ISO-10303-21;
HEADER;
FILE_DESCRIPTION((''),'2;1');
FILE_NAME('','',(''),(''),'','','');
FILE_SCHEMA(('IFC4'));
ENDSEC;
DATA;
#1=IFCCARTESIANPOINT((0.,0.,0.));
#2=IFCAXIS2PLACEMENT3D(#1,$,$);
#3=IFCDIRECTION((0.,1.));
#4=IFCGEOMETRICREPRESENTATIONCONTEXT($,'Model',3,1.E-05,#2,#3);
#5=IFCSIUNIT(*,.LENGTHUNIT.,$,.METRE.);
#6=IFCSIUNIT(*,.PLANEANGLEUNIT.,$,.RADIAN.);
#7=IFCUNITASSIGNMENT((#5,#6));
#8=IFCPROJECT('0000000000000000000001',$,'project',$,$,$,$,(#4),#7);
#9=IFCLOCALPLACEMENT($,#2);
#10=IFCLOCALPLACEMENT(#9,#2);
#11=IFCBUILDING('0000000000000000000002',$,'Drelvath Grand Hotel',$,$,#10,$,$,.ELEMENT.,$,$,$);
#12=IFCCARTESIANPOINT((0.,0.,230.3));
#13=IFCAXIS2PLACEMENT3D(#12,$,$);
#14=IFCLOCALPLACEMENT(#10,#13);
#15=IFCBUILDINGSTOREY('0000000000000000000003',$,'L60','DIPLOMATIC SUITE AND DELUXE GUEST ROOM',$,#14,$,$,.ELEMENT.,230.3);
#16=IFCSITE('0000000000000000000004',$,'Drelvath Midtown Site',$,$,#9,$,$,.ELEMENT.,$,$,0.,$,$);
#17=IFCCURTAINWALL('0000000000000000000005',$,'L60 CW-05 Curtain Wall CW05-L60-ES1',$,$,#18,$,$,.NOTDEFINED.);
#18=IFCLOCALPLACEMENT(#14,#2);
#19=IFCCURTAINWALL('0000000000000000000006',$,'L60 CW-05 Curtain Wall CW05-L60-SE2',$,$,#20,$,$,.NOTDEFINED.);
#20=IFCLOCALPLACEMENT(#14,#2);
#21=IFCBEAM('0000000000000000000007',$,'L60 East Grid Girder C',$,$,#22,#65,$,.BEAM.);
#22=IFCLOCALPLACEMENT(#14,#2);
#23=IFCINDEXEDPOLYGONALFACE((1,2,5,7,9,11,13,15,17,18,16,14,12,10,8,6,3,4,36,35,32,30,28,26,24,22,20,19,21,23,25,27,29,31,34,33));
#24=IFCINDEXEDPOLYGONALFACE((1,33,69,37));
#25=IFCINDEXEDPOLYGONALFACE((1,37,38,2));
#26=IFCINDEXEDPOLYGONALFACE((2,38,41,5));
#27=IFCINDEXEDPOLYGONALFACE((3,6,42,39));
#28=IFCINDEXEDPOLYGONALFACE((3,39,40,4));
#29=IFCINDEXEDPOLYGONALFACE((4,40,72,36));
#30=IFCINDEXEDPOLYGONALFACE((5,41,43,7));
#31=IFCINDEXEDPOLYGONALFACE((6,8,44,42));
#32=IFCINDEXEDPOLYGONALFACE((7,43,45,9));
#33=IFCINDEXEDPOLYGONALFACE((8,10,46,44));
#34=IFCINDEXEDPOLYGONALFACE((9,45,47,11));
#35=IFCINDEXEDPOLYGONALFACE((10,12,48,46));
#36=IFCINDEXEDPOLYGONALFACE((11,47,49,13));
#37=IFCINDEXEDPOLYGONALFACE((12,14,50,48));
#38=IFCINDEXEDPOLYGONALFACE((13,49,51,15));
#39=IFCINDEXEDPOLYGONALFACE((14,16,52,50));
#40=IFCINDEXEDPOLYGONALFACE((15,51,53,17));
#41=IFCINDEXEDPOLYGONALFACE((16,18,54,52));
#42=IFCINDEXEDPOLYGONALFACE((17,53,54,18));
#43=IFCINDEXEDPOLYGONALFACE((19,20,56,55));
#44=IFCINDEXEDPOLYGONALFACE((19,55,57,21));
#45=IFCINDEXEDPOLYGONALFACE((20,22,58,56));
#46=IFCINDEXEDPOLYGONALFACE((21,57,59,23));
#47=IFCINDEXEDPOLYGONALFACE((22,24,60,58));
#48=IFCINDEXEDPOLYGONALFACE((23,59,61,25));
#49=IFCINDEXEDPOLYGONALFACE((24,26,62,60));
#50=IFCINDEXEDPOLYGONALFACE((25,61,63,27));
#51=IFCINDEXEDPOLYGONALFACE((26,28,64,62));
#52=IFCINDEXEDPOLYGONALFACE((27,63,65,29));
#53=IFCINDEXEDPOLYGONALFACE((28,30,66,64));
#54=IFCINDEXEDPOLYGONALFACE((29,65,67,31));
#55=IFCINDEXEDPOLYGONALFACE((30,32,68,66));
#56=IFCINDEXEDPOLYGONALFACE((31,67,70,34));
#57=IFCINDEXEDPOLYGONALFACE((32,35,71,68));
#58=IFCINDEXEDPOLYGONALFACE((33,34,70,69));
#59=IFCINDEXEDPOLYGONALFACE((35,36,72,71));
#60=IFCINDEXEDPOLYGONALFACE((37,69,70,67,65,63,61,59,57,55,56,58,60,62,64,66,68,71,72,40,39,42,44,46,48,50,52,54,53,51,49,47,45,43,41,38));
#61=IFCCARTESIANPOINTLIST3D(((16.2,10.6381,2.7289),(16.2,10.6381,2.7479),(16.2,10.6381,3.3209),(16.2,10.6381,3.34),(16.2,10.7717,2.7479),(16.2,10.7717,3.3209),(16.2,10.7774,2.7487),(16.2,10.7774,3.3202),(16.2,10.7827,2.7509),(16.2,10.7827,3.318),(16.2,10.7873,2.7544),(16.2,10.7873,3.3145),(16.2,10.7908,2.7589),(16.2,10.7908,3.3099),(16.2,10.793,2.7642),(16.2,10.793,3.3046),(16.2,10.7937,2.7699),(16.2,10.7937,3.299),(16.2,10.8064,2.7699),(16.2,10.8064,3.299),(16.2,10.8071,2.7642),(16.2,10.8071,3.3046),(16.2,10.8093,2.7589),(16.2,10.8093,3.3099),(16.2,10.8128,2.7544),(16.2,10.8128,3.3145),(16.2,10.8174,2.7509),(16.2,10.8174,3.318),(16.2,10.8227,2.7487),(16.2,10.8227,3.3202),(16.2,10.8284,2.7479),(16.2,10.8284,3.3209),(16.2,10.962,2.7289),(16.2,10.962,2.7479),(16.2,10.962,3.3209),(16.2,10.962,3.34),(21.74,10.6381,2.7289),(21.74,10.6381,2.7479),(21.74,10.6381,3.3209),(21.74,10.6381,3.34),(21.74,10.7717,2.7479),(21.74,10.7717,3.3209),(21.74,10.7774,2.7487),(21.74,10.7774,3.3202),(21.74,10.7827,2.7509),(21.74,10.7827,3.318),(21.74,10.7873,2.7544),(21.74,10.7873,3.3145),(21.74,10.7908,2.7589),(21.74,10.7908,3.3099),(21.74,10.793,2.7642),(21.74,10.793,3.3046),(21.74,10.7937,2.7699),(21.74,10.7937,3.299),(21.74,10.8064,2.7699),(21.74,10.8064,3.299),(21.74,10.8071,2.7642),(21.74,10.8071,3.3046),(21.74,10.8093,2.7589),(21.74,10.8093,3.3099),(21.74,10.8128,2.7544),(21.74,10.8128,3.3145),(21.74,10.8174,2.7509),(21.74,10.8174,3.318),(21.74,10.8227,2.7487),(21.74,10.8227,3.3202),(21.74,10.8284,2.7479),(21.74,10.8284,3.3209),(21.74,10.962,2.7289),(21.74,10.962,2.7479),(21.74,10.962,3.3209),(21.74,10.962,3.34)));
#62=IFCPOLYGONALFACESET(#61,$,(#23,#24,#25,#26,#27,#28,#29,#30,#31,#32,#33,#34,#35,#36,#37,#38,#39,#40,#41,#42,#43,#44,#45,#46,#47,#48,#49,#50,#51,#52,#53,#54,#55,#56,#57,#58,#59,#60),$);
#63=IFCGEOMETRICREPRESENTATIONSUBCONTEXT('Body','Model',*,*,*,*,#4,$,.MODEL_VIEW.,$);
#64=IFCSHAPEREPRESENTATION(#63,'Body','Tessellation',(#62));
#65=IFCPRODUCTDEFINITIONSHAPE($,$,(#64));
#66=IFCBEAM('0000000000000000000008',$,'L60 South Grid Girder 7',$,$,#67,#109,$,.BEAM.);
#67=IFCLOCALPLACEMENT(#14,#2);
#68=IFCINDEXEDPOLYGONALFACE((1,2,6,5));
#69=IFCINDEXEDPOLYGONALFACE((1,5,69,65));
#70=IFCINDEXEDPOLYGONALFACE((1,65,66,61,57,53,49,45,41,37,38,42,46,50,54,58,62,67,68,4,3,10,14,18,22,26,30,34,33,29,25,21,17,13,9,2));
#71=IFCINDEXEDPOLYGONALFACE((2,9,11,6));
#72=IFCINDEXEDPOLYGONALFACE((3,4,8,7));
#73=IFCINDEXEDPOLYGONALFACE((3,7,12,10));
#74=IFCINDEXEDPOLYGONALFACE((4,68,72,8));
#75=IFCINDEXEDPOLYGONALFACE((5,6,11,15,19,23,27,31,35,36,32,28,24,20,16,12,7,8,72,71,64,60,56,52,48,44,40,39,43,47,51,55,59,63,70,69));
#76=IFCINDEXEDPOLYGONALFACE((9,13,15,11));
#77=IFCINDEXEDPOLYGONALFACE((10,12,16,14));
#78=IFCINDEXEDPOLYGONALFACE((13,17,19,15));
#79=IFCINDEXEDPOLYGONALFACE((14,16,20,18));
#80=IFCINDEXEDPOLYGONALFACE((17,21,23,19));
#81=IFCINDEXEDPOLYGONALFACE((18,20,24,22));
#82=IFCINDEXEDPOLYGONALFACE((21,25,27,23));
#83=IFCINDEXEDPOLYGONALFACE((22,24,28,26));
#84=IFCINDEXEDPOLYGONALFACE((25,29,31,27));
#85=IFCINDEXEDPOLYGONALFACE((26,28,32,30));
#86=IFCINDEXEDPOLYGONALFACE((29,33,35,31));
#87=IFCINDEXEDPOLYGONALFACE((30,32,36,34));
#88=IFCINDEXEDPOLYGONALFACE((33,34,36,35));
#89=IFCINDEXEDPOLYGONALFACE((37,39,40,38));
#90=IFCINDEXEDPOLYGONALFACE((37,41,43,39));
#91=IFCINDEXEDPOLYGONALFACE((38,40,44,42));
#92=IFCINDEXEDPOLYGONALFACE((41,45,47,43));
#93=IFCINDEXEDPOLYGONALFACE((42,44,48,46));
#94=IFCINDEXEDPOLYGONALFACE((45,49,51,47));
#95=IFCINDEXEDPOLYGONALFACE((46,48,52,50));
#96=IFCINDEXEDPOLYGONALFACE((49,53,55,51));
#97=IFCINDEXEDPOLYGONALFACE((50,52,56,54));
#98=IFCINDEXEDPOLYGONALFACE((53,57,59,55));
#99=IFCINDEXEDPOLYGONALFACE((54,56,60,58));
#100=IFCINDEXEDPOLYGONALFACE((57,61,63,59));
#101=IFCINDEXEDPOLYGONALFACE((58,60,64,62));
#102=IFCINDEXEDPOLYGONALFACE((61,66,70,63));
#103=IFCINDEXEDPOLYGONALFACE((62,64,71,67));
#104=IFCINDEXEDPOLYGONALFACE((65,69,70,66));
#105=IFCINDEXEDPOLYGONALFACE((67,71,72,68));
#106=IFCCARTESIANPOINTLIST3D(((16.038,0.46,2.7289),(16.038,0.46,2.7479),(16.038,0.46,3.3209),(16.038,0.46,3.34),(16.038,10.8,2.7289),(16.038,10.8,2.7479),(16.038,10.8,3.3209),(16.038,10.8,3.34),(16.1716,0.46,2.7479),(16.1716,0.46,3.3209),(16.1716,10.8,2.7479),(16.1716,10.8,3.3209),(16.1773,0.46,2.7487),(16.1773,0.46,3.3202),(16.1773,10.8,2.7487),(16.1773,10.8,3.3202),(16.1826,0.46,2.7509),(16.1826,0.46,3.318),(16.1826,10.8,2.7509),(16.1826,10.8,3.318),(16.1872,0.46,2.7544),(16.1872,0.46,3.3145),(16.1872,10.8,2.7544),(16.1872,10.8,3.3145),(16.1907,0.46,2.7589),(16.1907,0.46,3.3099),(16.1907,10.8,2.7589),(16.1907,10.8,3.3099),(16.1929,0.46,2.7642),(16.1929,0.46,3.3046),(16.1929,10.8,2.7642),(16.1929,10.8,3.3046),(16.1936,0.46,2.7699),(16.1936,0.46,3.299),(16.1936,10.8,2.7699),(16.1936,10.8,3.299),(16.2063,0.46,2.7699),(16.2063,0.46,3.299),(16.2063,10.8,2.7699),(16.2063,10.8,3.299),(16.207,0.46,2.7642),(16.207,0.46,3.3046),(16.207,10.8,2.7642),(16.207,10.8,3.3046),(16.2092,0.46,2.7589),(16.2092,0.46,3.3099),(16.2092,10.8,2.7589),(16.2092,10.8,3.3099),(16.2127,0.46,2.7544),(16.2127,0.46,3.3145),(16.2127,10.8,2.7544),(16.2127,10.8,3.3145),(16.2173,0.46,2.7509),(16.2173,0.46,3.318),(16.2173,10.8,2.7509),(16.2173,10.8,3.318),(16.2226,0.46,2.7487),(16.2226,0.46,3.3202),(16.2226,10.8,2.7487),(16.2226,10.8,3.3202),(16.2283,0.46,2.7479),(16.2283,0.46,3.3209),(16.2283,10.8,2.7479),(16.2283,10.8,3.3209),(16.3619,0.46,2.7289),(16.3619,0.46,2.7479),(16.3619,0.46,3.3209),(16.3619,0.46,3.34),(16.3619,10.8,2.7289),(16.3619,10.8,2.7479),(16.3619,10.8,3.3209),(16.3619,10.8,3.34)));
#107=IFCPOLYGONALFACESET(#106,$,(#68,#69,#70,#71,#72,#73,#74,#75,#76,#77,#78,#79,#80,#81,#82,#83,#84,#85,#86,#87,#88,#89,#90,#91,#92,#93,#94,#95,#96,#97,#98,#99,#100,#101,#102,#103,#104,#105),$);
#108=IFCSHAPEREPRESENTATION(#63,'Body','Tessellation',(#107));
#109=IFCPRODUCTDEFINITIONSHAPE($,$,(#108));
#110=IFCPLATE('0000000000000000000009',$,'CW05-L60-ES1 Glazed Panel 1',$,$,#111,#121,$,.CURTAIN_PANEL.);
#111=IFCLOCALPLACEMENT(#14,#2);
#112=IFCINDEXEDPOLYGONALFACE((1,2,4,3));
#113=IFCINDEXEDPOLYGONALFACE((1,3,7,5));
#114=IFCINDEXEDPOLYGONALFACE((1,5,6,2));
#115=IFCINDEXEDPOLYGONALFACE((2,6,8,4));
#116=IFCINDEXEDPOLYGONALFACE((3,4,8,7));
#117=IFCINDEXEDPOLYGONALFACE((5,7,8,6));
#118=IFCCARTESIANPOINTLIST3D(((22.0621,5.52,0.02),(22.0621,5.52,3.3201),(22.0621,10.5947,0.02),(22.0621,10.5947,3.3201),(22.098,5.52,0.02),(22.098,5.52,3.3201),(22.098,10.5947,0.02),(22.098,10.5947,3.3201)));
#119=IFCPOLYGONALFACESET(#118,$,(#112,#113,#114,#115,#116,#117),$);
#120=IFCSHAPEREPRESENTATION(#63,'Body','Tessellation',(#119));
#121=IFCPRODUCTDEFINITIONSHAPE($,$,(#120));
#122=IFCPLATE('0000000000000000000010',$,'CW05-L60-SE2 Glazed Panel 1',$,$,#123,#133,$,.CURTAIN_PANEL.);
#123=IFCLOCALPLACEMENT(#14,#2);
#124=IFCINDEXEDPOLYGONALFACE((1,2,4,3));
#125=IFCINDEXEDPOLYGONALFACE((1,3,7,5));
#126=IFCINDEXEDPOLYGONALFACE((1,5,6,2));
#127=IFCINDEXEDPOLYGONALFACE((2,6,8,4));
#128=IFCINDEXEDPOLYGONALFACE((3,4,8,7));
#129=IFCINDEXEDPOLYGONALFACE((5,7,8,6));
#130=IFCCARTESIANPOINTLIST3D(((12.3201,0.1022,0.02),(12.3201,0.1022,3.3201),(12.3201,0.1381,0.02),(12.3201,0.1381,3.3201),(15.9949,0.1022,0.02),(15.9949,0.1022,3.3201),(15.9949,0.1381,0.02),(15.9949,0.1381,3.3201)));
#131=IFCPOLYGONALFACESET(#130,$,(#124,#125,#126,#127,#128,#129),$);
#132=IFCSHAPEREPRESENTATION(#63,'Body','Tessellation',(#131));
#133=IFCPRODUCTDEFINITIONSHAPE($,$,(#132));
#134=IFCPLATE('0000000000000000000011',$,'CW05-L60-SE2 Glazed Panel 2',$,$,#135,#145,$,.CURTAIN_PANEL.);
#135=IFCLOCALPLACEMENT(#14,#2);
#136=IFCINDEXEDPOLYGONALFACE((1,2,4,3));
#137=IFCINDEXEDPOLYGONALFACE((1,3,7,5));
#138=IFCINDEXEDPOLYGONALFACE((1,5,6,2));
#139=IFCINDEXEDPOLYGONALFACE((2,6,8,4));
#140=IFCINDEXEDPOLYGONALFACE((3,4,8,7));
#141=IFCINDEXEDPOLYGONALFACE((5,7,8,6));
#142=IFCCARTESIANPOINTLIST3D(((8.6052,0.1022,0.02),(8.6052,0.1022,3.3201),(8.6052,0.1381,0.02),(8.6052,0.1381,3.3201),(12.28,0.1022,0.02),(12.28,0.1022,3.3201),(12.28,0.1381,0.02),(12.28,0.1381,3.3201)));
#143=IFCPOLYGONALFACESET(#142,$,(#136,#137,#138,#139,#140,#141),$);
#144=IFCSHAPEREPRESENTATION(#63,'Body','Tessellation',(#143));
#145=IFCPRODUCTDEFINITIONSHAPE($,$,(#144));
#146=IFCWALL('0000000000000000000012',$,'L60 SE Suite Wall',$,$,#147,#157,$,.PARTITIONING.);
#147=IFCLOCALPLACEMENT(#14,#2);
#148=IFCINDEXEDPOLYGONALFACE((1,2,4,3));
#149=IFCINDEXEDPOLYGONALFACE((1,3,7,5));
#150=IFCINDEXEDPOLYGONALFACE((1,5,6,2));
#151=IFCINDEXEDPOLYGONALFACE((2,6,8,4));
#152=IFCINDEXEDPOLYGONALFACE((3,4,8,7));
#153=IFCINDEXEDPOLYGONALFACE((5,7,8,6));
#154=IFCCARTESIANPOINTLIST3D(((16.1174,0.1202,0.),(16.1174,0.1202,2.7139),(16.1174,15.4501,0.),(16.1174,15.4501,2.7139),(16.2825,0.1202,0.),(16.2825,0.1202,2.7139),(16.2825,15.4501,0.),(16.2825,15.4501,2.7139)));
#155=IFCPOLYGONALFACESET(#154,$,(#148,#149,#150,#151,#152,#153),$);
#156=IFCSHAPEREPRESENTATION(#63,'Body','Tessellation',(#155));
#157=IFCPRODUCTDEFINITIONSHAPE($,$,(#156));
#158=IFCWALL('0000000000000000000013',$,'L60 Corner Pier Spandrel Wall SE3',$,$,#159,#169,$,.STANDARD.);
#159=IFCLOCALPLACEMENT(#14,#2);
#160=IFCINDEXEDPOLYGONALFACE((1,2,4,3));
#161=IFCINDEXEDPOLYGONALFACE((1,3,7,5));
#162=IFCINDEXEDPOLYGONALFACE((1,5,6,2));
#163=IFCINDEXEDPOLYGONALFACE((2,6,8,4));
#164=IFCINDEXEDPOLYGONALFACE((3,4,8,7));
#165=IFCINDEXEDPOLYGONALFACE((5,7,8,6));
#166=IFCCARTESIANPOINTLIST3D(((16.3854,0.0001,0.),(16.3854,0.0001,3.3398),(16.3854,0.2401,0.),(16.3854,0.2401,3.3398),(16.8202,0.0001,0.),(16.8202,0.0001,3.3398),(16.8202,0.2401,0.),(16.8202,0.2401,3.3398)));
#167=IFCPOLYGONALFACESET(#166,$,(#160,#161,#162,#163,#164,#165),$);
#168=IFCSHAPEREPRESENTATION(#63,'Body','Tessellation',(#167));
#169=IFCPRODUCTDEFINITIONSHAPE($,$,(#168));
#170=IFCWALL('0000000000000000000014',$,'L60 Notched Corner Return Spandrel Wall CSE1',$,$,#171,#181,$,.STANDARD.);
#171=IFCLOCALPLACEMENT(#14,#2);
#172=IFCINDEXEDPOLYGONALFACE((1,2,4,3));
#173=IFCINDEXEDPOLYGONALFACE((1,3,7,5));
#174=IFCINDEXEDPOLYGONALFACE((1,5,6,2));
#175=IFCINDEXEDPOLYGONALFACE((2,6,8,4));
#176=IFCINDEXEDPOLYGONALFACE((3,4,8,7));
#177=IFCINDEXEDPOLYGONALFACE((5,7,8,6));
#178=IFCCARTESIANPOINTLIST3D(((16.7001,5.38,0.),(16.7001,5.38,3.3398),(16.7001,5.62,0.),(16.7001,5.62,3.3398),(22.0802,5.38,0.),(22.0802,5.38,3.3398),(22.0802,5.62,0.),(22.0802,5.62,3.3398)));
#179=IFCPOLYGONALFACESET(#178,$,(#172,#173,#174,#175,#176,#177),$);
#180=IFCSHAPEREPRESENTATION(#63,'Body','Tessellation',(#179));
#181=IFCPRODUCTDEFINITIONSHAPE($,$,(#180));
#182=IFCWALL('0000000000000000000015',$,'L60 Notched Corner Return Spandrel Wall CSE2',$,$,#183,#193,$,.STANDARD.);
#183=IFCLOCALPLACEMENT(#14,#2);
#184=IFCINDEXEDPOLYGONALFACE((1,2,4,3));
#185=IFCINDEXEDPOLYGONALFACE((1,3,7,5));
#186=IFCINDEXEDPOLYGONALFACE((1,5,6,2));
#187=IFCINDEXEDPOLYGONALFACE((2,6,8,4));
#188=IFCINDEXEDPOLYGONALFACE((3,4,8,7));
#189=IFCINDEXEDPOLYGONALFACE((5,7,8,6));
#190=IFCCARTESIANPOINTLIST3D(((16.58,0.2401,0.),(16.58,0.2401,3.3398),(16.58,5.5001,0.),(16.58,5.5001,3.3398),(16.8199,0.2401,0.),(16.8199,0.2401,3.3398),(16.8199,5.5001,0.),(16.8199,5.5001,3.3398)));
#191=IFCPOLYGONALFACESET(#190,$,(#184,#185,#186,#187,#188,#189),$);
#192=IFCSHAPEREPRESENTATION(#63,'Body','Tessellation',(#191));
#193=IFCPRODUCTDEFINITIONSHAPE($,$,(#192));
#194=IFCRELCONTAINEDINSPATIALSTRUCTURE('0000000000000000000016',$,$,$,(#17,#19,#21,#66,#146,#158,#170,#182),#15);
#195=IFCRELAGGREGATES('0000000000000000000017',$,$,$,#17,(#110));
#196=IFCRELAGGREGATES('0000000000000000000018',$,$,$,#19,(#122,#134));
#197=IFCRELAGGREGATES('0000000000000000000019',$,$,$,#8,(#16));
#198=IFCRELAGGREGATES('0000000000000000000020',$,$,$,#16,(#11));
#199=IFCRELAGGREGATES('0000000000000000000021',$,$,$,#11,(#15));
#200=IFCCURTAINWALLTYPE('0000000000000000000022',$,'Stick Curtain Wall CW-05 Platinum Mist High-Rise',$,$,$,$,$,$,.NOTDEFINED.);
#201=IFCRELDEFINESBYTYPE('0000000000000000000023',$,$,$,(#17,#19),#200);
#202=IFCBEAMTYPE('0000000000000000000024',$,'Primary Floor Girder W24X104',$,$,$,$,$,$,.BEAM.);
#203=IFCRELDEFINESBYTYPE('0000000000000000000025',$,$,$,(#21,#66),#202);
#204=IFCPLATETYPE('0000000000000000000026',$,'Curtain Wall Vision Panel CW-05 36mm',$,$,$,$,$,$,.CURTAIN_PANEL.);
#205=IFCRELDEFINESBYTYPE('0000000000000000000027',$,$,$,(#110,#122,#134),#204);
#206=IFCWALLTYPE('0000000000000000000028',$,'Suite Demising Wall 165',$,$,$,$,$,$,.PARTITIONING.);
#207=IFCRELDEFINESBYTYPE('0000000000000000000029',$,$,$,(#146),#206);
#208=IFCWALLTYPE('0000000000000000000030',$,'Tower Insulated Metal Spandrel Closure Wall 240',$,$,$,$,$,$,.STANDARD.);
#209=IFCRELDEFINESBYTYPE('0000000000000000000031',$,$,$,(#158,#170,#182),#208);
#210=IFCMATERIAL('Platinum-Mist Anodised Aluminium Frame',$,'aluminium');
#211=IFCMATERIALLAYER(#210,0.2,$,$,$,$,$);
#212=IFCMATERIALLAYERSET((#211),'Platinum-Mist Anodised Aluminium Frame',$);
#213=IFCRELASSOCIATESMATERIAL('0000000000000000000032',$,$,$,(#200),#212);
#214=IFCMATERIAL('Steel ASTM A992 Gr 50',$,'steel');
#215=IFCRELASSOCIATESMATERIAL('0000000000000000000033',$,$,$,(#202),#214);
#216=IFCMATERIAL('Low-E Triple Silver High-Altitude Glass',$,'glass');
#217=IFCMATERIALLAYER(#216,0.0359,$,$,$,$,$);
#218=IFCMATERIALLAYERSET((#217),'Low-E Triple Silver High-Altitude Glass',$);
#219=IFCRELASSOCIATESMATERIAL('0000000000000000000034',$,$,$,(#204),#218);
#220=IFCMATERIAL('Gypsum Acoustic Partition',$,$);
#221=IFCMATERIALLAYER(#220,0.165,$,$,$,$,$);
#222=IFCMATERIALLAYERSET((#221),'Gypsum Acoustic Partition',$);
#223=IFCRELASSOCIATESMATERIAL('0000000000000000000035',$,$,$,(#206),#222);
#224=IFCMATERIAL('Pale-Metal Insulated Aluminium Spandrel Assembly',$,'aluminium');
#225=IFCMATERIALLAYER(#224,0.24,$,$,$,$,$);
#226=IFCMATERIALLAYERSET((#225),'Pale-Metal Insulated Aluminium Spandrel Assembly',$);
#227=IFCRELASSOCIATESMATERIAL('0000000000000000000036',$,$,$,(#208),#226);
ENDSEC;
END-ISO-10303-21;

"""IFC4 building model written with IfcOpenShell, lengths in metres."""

from ifc_helpers import new_model, si_unit, direction, frame, frame_2d, origin, origin_2d, place, context, subcontext, project, spatial, rectangle, i_section, extrude, material, layer, layer_set, material_profile, profile_set, type_object, element, aggregate, save


model = new_model("IFC4")

# Units and contexts
model_context = context("Model", 3, precision=1e-05, world=origin(), true_north=direction((0.0, 1.0)))
body_context = subcontext(model_context, "Body", "Model", "MODEL_VIEW")
ifc_project = project(units=[si_unit("LENGTHUNIT", "METRE"), si_unit("PLANEANGLEUNIT", "RADIAN")], contexts=[model_context])

# Site, building, storey
site_placement = place(None, origin())
site = spatial("IfcSite", under=ifc_project, at=site_placement, Name="Drelvath Midtown Site", CompositionType="ELEMENT", RefElevation=0.0)
building_placement = place(site_placement, origin())
building = spatial("IfcBuilding", under=site, at=building_placement, Name="Drelvath Grand Hotel", CompositionType="ELEMENT")
storey_placement = place(building_placement, frame((0.0, 0.0, 230.3)))
storey = spatial("IfcBuildingStorey", under=building, at=storey_placement, Name="L60", Description="DIPLOMATIC SUITE AND DELUXE GUEST ROOM", CompositionType="ELEMENT", Elevation=230.3)

# Shared definitions
ifc_material_1 = material(Name="Steel ASTM A992 Gr 50", Category="steel")

# Curtain walls
ifc_material_2 = material(Name="Platinum-Mist Anodised Aluminium Frame", Category="aluminium")
ifc_layer_1 = layer(ifc_material_2, 0.2)
ifc_layer_set_1 = layer_set([ifc_layer_1], Name="Platinum-Mist Anodised Aluminium Frame")
curtain_wall_type = type_object("IfcCurtainWallType", Name="Stick Curtain Wall CW-05 Platinum Mist High-Rise", PredefinedType="NOTDEFINED", material=ifc_layer_set_1)
curtain_wall_1_placement = place(storey_placement, origin())
curtain_wall_1 = element("IfcCurtainWall", 1, at=curtain_wall_1_placement, inside=storey, type_object=curtain_wall_type, Name="L60 CW-05 Curtain Wall CW05-L60-ES1", PredefinedType="NOTDEFINED")
curtain_wall_2_placement = place(storey_placement, origin())
curtain_wall_2 = element("IfcCurtainWall", 2, at=curtain_wall_2_placement, inside=storey, type_object=curtain_wall_type, Name="L60 CW-05 Curtain Wall CW05-L60-SE2", PredefinedType="NOTDEFINED")

# Beams
ifc_material_profile_1 = material_profile(ifc_material_1, i_section(OverallWidth=0.324, OverallDepth=0.6111, WebThickness=0.0127, FlangeThickness=0.019, FilletRadius=0.022, at=origin_2d()), Name="W24X104")
ifc_profile_set_1 = profile_set([ifc_material_profile_1], Name="Steel ASTM A992 Gr 50")
beam_type_1 = type_object("IfcBeamType", Name="Primary Floor Girder W24X104", PredefinedType="BEAM", material=ifc_profile_set_1)
beam_1_placement = place(storey_placement, frame((16.2, 10.8, 3.0344), z_axis=(1.0, 0.0, 0.0), x_axis=(0.0, 1.0, 0.0)))
element("IfcBeam", 3, at=beam_1_placement, inside=storey, type_object=beam_type_1, Name="L60 East Grid Girder C", PredefinedType="BEAM", context=body_context, shape_type="SweptSolid", body=[
    extrude(i_section(OverallWidth=0.324, OverallDepth=0.6111, WebThickness=0.0127, FlangeThickness=0.019, FilletRadius=0.022, at=origin_2d()), origin(), (0.0, 0.0, 1.0), 5.54),
])
beam_2_placement = place(storey_placement, frame((16.2, 0.46, 3.0344), z_axis=(0.0, 1.0, 0.0), x_axis=(-1.0, 0.0, 0.0)))
element("IfcBeam", 4, at=beam_2_placement, inside=storey, type_object=beam_type_1, Name="L60 South Grid Girder 7", PredefinedType="BEAM", context=body_context, shape_type="SweptSolid", body=[
    extrude(i_section(OverallWidth=0.324, OverallDepth=0.6111, WebThickness=0.0127, FlangeThickness=0.019, FilletRadius=0.022, at=origin_2d()), origin(), (0.0, 0.0, 1.0), 10.3401),
])

# Plates
ifc_material_3 = material(Name="Low-E Triple Silver High-Altitude Glass", Category="glass")
ifc_layer_2 = layer(ifc_material_3, 0.0359)
ifc_layer_set_2 = layer_set([ifc_layer_2], Name="Low-E Triple Silver High-Altitude Glass")
plate_type = type_object("IfcPlateType", Name="Curtain Wall Vision Panel CW-05 36mm", PredefinedType="CURTAIN_PANEL", material=ifc_layer_set_2)
plate_1_placement = place(storey_placement, frame((22.0801, 8.0574, 0.02), z_axis=(0.0, 0.0, 1.0), x_axis=(0.0, -1.0, 0.0)))
plate_1 = element("IfcPlate", 5, at=plate_1_placement, type_object=plate_type, Name="CW05-L60-ES1 Glazed Panel 1", PredefinedType="CURTAIN_PANEL", context=body_context, shape_type="SweptSolid", body=[
    extrude(rectangle(XDim=5.0747, YDim=0.0359, at=origin_2d()), origin(), (0.0, 0.0, 1.0), 3.3),
])
aggregate(curtain_wall_1, [plate_1])
plate_2_placement = place(storey_placement, frame((14.1575, 0.1201, 0.02), z_axis=(0.0, 0.0, 1.0), x_axis=(-1.0, 0.0, 0.0)))
plate_2 = element("IfcPlate", 6, at=plate_2_placement, type_object=plate_type, Name="CW05-L60-SE2 Glazed Panel 1", PredefinedType="CURTAIN_PANEL", context=body_context, shape_type="SweptSolid", body=[
    extrude(rectangle(XDim=3.6748, YDim=0.0359, at=origin_2d()), origin(), (0.0, 0.0, 1.0), 3.3),
])
plate_3_placement = place(storey_placement, frame((10.4426, 0.1201, 0.02), z_axis=(0.0, 0.0, 1.0), x_axis=(-1.0, 0.0, 0.0)))
plate_3 = element("IfcPlate", 7, at=plate_3_placement, type_object=plate_type, Name="CW05-L60-SE2 Glazed Panel 2", PredefinedType="CURTAIN_PANEL", context=body_context, shape_type="SweptSolid", body=[
    extrude(rectangle(XDim=3.6748, YDim=0.0359, at=origin_2d()), origin(), (0.0, 0.0, 1.0), 3.3),
])
aggregate(curtain_wall_2, [plate_2, plate_3])

# Walls
ifc_material_4 = material(Name="Gypsum Acoustic Partition")
ifc_layer_3 = layer(ifc_material_4, 0.165)
ifc_layer_set_3 = layer_set([ifc_layer_3], Name="Gypsum Acoustic Partition")
wall_type_1 = type_object("IfcWallType", Name="Suite Demising Wall 165", PredefinedType="PARTITIONING", material=ifc_layer_set_3)
wall_1_placement = place(storey_placement, frame((16.2, 0.1201, 0.0), z_axis=(0.0, 0.0, 1.0), x_axis=(0.0, 1.0, 0.0)))
element("IfcWall", 8, at=wall_1_placement, inside=storey, type_object=wall_type_1, Name="L60 SE Suite Wall", PredefinedType="PARTITIONING", context=body_context, shape_type="SweptSolid", body=[
    extrude(rectangle(XDim=15.3298, YDim=0.165, at=frame_2d((7.665, 0.0))), origin(), (0.0, 0.0, 1.0), 2.7139),
])
ifc_material_5 = material(Name="Pale-Metal Insulated Aluminium Spandrel Assembly", Category="aluminium")
ifc_layer_4 = layer(ifc_material_5, 0.24)
ifc_layer_set_4 = layer_set([ifc_layer_4], Name="Pale-Metal Insulated Aluminium Spandrel Assembly")
wall_type_2 = type_object("IfcWallType", Name="Tower Insulated Metal Spandrel Closure Wall 240", PredefinedType="STANDARD", material=ifc_layer_set_4)
wall_2_placement = place(storey_placement, frame((16.8201, 0.1201, 0.0), z_axis=(0.0, 0.0, 1.0), x_axis=(-1.0, 0.0, 0.0)))
element("IfcWall", 9, at=wall_2_placement, inside=storey, type_object=wall_type_2, Name="L60 Corner Pier Spandrel Wall SE3", PredefinedType="STANDARD", context=body_context, shape_type="SweptSolid", body=[
    extrude(rectangle(XDim=0.4348, YDim=0.24, at=frame_2d((0.2173, 0.0))), origin(), (0.0, 0.0, 1.0), 3.3398),
])
wall_3_placement = place(storey_placement, frame((22.0801, 5.5, 0.0), z_axis=(0.0, 0.0, 1.0), x_axis=(-1.0, 0.0, 0.0)))
element("IfcWall", 10, at=wall_3_placement, inside=storey, type_object=wall_type_2, Name="L60 Notched Corner Return Spandrel Wall CSE1", PredefinedType="STANDARD", context=body_context, shape_type="SweptSolid", body=[
    extrude(rectangle(XDim=5.3801, YDim=0.24, at=frame_2d((2.6899, 0.0))), origin(), (0.0, 0.0, 1.0), 3.3398),
])
wall_4_placement = place(storey_placement, frame((16.7, 5.5, 0.0), z_axis=(0.0, 0.0, 1.0), x_axis=(0.0, -1.0, 0.0)))
element("IfcWall", 11, at=wall_4_placement, inside=storey, type_object=wall_type_2, Name="L60 Notched Corner Return Spandrel Wall CSE2", PredefinedType="STANDARD", context=body_context, shape_type="SweptSolid", body=[
    extrude(rectangle(XDim=5.26, YDim=0.24, at=frame_2d((2.6299, 0.0))), origin(), (0.0, 0.0, 1.0), 3.3398),
])

save(model, "model.ifc")
